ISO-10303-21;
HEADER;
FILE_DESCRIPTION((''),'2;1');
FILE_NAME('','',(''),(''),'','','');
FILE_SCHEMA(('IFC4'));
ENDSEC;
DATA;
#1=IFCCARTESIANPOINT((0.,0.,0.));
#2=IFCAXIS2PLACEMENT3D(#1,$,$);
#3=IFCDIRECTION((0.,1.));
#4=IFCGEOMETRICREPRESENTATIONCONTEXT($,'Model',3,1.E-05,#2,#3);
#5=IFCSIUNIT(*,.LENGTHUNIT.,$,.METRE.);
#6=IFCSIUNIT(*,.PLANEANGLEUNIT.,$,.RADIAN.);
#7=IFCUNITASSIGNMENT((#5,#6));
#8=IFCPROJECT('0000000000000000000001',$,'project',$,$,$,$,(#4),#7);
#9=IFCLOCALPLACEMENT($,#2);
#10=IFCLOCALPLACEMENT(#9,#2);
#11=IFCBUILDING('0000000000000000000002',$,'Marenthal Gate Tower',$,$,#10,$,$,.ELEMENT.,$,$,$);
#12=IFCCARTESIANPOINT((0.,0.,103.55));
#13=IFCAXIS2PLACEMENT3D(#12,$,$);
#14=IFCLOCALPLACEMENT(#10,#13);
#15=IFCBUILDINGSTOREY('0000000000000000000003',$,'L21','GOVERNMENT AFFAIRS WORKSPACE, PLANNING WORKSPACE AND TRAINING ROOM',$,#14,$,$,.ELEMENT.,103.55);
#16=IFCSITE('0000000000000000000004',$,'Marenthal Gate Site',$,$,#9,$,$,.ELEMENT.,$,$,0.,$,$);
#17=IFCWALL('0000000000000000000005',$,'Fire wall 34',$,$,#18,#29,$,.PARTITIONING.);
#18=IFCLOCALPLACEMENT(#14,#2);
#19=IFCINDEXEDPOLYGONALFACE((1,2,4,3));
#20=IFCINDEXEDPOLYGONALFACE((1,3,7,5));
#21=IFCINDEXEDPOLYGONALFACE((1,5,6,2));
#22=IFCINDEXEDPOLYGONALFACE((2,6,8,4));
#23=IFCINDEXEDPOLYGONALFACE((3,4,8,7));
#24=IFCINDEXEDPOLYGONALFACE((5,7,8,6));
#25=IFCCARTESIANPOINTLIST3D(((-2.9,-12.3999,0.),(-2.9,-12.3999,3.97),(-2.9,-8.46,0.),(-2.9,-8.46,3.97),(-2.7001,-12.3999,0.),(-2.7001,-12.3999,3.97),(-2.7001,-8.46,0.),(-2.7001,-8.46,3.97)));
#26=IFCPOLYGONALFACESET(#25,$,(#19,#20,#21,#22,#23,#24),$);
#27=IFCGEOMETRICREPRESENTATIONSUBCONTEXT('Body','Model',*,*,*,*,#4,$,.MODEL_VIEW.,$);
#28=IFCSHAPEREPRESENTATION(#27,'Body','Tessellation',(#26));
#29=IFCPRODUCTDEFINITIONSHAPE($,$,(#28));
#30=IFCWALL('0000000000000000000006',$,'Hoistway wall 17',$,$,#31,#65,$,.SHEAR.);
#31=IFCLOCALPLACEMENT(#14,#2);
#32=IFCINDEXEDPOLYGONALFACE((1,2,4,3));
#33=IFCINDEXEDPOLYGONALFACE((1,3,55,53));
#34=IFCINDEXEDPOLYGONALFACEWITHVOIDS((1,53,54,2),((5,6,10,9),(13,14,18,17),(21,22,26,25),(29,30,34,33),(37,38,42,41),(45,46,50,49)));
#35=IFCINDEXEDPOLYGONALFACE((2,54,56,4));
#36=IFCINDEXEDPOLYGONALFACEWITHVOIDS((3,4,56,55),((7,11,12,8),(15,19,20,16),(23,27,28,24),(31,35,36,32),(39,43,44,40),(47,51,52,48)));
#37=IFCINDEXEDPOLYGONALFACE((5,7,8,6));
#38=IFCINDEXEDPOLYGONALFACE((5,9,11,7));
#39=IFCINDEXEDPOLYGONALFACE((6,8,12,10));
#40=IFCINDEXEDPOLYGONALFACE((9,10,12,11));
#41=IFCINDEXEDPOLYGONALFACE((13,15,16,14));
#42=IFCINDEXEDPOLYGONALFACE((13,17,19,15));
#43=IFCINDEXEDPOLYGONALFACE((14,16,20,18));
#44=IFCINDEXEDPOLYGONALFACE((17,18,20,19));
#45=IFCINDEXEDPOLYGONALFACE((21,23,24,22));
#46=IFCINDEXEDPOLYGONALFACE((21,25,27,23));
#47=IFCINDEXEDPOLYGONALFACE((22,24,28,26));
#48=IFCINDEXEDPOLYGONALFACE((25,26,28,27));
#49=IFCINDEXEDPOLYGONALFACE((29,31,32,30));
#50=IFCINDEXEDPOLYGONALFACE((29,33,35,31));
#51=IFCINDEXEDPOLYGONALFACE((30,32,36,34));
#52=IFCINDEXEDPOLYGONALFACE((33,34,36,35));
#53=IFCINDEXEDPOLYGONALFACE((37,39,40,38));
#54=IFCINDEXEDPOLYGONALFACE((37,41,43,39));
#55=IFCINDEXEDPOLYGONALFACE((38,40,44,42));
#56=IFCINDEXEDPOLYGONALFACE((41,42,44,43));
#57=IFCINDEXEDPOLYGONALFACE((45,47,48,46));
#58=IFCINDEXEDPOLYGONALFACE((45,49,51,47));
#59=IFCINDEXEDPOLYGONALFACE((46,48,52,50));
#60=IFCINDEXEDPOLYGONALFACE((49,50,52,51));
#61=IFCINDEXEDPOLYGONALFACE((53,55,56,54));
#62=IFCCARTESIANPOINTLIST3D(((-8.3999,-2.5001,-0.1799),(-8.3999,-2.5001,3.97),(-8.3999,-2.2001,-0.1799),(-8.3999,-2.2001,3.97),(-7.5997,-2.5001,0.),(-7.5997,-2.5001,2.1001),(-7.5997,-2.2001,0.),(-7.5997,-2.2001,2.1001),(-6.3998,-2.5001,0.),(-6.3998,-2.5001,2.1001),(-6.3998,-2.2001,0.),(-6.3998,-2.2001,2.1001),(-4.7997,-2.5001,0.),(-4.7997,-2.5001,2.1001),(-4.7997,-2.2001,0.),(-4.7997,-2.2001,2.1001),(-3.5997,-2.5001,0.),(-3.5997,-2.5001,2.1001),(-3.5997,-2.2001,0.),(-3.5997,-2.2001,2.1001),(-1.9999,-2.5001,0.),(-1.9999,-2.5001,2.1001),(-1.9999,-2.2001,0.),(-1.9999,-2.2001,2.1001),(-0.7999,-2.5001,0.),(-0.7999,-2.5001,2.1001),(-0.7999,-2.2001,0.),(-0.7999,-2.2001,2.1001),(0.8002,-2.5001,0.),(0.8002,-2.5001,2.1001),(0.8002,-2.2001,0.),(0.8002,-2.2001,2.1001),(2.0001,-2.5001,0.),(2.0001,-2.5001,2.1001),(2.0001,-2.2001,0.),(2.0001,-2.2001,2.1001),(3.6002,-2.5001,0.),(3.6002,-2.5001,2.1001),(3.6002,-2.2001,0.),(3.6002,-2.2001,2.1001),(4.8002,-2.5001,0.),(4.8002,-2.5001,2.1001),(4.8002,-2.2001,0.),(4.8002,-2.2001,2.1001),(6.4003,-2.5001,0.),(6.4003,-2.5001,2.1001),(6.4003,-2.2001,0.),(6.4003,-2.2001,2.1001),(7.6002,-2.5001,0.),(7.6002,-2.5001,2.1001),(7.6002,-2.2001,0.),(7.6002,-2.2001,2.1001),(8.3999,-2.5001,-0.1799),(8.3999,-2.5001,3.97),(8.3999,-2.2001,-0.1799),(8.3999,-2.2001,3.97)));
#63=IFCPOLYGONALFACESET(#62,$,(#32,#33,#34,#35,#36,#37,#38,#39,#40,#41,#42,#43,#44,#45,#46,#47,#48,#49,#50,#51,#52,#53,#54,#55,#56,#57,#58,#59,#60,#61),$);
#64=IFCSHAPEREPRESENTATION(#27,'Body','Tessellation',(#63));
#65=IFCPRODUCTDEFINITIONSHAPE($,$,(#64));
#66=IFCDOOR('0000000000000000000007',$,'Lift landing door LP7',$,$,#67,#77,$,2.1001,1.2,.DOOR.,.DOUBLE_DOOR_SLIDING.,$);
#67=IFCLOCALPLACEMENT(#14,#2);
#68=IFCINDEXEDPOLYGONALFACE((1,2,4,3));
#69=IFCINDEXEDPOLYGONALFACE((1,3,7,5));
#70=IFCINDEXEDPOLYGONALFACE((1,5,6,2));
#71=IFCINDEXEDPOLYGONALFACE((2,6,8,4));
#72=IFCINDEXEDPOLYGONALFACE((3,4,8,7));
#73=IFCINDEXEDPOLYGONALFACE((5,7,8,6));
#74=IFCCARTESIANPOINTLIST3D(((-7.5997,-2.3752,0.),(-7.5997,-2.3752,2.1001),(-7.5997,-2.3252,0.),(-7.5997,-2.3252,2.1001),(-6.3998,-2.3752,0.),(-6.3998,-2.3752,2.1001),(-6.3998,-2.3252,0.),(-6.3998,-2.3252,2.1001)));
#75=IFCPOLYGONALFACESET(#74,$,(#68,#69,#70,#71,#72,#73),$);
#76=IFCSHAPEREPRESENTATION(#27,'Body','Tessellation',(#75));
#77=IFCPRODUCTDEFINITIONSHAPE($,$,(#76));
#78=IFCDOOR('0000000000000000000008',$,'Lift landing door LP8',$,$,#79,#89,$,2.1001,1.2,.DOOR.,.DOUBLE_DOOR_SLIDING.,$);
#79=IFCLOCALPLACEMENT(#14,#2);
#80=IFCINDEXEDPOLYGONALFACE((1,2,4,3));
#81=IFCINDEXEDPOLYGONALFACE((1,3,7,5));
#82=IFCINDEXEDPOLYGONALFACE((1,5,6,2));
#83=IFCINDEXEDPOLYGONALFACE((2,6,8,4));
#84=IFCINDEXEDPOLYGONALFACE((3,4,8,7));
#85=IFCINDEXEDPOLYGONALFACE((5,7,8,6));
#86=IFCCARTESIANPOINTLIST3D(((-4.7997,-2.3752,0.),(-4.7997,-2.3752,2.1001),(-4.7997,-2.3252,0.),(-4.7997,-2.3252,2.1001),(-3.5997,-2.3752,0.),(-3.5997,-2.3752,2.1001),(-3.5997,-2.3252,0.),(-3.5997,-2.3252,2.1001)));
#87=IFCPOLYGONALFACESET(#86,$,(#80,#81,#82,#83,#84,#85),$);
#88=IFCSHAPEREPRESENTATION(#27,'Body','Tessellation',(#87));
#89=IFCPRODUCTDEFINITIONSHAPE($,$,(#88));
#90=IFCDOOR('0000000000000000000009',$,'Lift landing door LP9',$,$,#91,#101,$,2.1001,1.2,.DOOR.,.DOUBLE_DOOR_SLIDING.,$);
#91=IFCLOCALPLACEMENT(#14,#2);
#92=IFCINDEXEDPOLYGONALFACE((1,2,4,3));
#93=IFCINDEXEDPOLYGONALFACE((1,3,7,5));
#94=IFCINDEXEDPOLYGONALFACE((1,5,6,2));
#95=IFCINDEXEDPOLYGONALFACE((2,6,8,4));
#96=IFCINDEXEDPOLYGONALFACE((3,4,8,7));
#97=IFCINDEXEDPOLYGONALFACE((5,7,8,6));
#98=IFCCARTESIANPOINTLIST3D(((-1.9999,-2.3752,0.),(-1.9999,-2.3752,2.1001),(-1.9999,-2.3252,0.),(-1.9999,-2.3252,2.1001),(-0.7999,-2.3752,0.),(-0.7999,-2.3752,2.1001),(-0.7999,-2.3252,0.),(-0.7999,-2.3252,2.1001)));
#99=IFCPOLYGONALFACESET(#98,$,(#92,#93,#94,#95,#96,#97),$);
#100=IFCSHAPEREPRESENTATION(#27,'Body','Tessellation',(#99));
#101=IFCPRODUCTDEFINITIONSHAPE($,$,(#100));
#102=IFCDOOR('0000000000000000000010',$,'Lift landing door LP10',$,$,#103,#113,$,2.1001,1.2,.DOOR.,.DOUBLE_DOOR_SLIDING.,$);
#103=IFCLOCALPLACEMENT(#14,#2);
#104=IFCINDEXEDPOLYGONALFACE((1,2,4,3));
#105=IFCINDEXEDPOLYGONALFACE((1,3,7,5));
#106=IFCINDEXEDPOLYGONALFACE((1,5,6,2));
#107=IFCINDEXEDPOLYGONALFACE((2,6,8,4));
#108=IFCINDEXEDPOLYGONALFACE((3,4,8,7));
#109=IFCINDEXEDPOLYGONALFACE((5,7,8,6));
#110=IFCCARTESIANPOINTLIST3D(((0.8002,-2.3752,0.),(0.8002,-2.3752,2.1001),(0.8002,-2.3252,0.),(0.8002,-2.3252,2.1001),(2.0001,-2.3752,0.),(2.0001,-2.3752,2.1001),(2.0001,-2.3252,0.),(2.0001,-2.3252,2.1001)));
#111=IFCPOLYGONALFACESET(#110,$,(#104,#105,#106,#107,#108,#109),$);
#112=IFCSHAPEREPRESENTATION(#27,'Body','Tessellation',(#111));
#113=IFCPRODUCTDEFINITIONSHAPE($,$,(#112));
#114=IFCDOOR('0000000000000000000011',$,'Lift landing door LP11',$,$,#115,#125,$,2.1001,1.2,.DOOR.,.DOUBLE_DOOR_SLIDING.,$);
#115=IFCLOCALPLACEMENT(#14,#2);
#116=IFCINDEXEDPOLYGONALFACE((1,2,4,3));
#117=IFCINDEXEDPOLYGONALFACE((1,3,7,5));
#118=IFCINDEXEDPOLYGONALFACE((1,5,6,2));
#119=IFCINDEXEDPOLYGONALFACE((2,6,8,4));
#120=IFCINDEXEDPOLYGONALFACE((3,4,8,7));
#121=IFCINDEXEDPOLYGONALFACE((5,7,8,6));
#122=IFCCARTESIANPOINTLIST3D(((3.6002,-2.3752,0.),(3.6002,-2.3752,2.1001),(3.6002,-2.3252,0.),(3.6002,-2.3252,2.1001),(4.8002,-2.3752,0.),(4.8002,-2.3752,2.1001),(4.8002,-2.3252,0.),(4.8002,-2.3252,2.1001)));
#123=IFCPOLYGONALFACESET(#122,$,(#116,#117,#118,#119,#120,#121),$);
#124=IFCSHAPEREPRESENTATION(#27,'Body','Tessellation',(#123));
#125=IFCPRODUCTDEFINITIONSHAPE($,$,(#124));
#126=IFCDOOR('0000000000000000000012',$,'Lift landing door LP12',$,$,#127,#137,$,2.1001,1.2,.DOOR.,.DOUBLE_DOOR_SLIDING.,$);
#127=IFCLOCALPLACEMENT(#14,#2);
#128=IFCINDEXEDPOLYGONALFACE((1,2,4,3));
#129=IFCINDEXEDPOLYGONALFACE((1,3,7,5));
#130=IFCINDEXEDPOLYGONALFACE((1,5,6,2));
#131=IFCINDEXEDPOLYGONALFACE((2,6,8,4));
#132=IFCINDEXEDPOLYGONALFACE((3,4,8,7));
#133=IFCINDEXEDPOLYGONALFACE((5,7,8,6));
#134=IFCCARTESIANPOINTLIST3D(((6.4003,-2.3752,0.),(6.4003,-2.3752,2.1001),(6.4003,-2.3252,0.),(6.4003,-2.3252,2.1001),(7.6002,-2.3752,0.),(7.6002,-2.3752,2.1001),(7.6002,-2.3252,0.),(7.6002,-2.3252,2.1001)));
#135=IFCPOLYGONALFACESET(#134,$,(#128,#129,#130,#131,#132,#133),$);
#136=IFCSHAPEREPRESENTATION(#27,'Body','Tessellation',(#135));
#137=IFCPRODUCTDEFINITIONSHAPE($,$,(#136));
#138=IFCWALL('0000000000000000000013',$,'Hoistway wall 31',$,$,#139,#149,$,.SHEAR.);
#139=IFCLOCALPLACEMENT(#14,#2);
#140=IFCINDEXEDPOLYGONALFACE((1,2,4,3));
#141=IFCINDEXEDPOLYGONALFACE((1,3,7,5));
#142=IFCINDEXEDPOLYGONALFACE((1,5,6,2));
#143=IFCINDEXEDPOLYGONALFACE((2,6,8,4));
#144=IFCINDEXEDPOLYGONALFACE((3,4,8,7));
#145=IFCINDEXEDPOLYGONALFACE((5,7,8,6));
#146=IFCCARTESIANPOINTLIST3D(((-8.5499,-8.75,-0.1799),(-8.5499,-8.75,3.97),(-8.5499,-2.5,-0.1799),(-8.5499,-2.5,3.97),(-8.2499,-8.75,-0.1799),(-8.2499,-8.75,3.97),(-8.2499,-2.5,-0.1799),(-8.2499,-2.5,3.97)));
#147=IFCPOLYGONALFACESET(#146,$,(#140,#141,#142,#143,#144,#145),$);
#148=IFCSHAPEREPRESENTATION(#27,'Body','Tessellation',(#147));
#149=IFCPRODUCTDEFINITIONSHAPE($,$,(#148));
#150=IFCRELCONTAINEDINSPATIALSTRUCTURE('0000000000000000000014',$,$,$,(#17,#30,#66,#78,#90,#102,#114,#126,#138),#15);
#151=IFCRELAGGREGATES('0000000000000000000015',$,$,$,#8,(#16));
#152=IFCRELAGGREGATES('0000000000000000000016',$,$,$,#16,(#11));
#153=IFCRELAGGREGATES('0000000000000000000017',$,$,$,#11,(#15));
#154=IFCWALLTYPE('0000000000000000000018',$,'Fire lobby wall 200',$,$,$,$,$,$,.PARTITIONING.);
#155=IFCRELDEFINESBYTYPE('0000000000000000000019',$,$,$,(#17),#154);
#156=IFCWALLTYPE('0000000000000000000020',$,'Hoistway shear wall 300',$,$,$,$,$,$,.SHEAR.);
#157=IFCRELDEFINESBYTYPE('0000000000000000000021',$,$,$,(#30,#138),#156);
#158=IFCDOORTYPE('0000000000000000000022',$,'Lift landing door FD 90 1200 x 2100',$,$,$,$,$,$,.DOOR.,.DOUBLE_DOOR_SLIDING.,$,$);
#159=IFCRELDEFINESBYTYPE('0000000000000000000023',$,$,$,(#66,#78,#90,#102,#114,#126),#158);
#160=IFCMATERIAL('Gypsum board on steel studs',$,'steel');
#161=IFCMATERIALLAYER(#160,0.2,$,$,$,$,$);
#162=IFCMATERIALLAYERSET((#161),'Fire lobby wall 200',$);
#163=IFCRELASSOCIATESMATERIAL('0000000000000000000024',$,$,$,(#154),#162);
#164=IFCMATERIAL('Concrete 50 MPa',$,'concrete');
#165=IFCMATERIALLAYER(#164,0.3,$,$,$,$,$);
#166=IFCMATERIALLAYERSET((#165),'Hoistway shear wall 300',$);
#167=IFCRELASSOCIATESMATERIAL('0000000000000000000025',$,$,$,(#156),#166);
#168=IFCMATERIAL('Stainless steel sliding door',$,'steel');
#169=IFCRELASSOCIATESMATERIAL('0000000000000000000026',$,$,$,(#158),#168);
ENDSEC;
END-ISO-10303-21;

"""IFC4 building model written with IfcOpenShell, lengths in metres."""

from ifc_helpers import new_model, si_unit, direction, frame, frame_2d, origin, place, context, subcontext, project, spatial, rectangle, extrude, material, layer, layer_set, type_object, element, fill, save


model = new_model("IFC4")

# Units and contexts
model_context = context("Model", 3, precision=1e-05, world=origin(), true_north=direction((0.0, 1.0)))
body_context = subcontext(model_context, "Body", "Model", "MODEL_VIEW")
ifc_project = project(units=[si_unit("LENGTHUNIT", "METRE"), si_unit("PLANEANGLEUNIT", "RADIAN")], contexts=[model_context])

# Site, building, storey
site_placement = place(None, origin())
site = spatial("IfcSite", under=ifc_project, at=site_placement, Name="Marenthal Gate Site", CompositionType="ELEMENT", RefElevation=0.0)
building_placement = place(site_placement, origin())
building = spatial("IfcBuilding", under=site, at=building_placement, Name="Marenthal Gate Tower", CompositionType="ELEMENT")
storey_placement = place(building_placement, frame((0.0, 0.0, 103.55)))
storey = spatial("IfcBuildingStorey", under=building, at=storey_placement, Name="L21", Description="GOVERNMENT AFFAIRS WORKSPACE, PLANNING WORKSPACE AND TRAINING ROOM", CompositionType="ELEMENT", Elevation=103.55)

# Wall
ifc_material_1 = material(Name="Gypsum board on steel studs", Category="steel")
ifc_layer_1 = layer(ifc_material_1, 0.2)
ifc_layer_set_1 = layer_set([ifc_layer_1], Name="Fire lobby wall 200")
wall_type_1 = type_object("IfcWallType", Name="Fire lobby wall 200", PredefinedType="PARTITIONING", material=ifc_layer_set_1)
wall_1_placement = place(storey_placement, frame((-2.8, -12.3999, 0.0), z_axis=(0.0, 0.0, 1.0), x_axis=(0.0, 1.0, 0.0)))
element("IfcWall", 1, at=wall_1_placement, inside=storey, type_object=wall_type_1, Name="Fire wall 34", PredefinedType="PARTITIONING", context=body_context, shape_type="SweptSolid", body=[
    extrude(rectangle(XDim=3.9399, YDim=0.2, at=frame_2d((1.97, 0.0))), origin(), (0.0, 0.0, 1.0), 3.97),
])

# Wall, openings, doors
ifc_material_2 = material(Name="Concrete 50 MPa", Category="concrete")
ifc_layer_2 = layer(ifc_material_2, 0.3)
ifc_layer_set_2 = layer_set([ifc_layer_2], Name="Hoistway shear wall 300")
wall_type_2 = type_object("IfcWallType", Name="Hoistway shear wall 300", PredefinedType="SHEAR", material=ifc_layer_set_2)
wall_2_placement = place(storey_placement, frame((-8.3999, -2.3501, -0.1799), z_axis=(0.0, 0.0, 1.0), x_axis=(1.0, 0.0, 0.0)))
wall_2 = element("IfcWall", 2, at=wall_2_placement, inside=storey, type_object=wall_type_2, Name="Hoistway wall 17", PredefinedType="SHEAR", context=body_context, shape_type="SweptSolid", body=[
    extrude(rectangle(XDim=16.7998, YDim=0.3, at=frame_2d((8.3999, 0.0))), origin(), (0.0, 0.0, 1.0), 4.1499),
])
opening_1_placement = place(wall_2_placement, frame((0.8, 0.0, 0.1799)))
opening_1 = element("IfcOpeningElement", 3, at=opening_1_placement, cuts=wall_2, PredefinedType="OPENING", context=body_context, shape_type="SweptSolid", body=[
    extrude(rectangle(XDim=1.2, YDim=2.1001, at=frame_2d((0.6001, 1.05))), frame((0.0, 0.1602, 0.0), z_axis=(0.0, -1.0, 0.0), x_axis=(1.0, 0.0, 0.0)), (0.0, 0.0, 1.0), 0.3201),
])
opening_2_placement = place(wall_2_placement, frame((3.6001, 0.0, 0.1799)))
opening_2 = element("IfcOpeningElement", 4, at=opening_2_placement, cuts=wall_2, PredefinedType="OPENING", context=body_context, shape_type="SweptSolid", body=[
    extrude(rectangle(XDim=1.2, YDim=2.1001, at=frame_2d((0.6001, 1.05))), frame((0.0, 0.1602, 0.0), z_axis=(0.0, -1.0, 0.0), x_axis=(1.0, 0.0, 0.0)), (0.0, 0.0, 1.0), 0.3201),
])
opening_3_placement = place(wall_2_placement, frame((6.3999, 0.0, 0.1799)))
opening_3 = element("IfcOpeningElement", 5, at=opening_3_placement, cuts=wall_2, PredefinedType="OPENING", context=body_context, shape_type="SweptSolid", body=[
    extrude(rectangle(XDim=1.2, YDim=2.1001, at=frame_2d((0.6001, 1.05))), frame((0.0, 0.1602, 0.0), z_axis=(0.0, -1.0, 0.0), x_axis=(1.0, 0.0, 0.0)), (0.0, 0.0, 1.0), 0.3201),
])
opening_4_placement = place(wall_2_placement, frame((9.2, 0.0, 0.1799)))
opening_4 = element("IfcOpeningElement", 6, at=opening_4_placement, cuts=wall_2, PredefinedType="OPENING", context=body_context, shape_type="SweptSolid", body=[
    extrude(rectangle(XDim=1.2, YDim=2.1001, at=frame_2d((0.6001, 1.05))), frame((0.0, 0.1602, 0.0), z_axis=(0.0, -1.0, 0.0), x_axis=(1.0, 0.0, 0.0)), (0.0, 0.0, 1.0), 0.3201),
])
opening_5_placement = place(wall_2_placement, frame((12.0, 0.0, 0.1799)))
opening_5 = element("IfcOpeningElement", 7, at=opening_5_placement, cuts=wall_2, PredefinedType="OPENING", context=body_context, shape_type="SweptSolid", body=[
    extrude(rectangle(XDim=1.2, YDim=2.1001, at=frame_2d((0.6001, 1.05))), frame((0.0, 0.1602, 0.0), z_axis=(0.0, -1.0, 0.0), x_axis=(1.0, 0.0, 0.0)), (0.0, 0.0, 1.0), 0.3201),
])
opening_6_placement = place(wall_2_placement, frame((14.8, 0.0, 0.1799)))
opening_6 = element("IfcOpeningElement", 8, at=opening_6_placement, cuts=wall_2, PredefinedType="OPENING", context=body_context, shape_type="SweptSolid", body=[
    extrude(rectangle(XDim=1.2, YDim=2.1001, at=frame_2d((0.6001, 1.05))), frame((0.0, 0.1602, 0.0), z_axis=(0.0, -1.0, 0.0), x_axis=(1.0, 0.0, 0.0)), (0.0, 0.0, 1.0), 0.3201),
])
ifc_material_3 = material(Name="Stainless steel sliding door", Category="steel")
door_type_1 = type_object("IfcDoorType", Name="Lift landing door FD 90 1200 x 2100", OperationType="DOUBLE_DOOR_SLIDING", PredefinedType="DOOR", material=ifc_material_3)
door_1_placement = place(opening_1_placement, origin())
door_1 = element("IfcDoor", 9, at=door_1_placement, inside=storey, type_object=door_type_1, Name="Lift landing door LP7", OperationType="DOUBLE_DOOR_SLIDING", OverallHeight=2.1001, OverallWidth=1.2, PredefinedType="DOOR", context=body_context, shape_type="SweptSolid", body=[
    extrude(rectangle(XDim=1.2, YDim=2.1001, at=frame_2d((0.6001, 1.05))), frame((0.0, 0.0249, 0.0), z_axis=(0.0, -1.0, 0.0), x_axis=(1.0, 0.0, 0.0)), (0.0, 0.0, 1.0), 0.05),
])
fill(opening_1, door_1)
door_2_placement = place(opening_2_placement, origin())
door_2 = element("IfcDoor", 10, at=door_2_placement, inside=storey, type_object=door_type_1, Name="Lift landing door LP8", OperationType="DOUBLE_DOOR_SLIDING", OverallHeight=2.1001, OverallWidth=1.2, PredefinedType="DOOR", context=body_context, shape_type="SweptSolid", body=[
    extrude(rectangle(XDim=1.2, YDim=2.1001, at=frame_2d((0.6001, 1.05))), frame((0.0, 0.0249, 0.0), z_axis=(0.0, -1.0, 0.0), x_axis=(1.0, 0.0, 0.0)), (0.0, 0.0, 1.0), 0.05),
])
fill(opening_2, door_2)
door_3_placement = place(opening_3_placement, origin())
door_3 = element("IfcDoor", 11, at=door_3_placement, inside=storey, type_object=door_type_1, Name="Lift landing door LP9", OperationType="DOUBLE_DOOR_SLIDING", OverallHeight=2.1001, OverallWidth=1.2, PredefinedType="DOOR", context=body_context, shape_type="SweptSolid", body=[
    extrude(rectangle(XDim=1.2, YDim=2.1001, at=frame_2d((0.6001, 1.05))), frame((0.0, 0.0249, 0.0), z_axis=(0.0, -1.0, 0.0), x_axis=(1.0, 0.0, 0.0)), (0.0, 0.0, 1.0), 0.05),
])
fill(opening_3, door_3)
door_4_placement = place(opening_4_placement, origin())
door_4 = element("IfcDoor", 12, at=door_4_placement, inside=storey, type_object=door_type_1, Name="Lift landing door LP10", OperationType="DOUBLE_DOOR_SLIDING", OverallHeight=2.1001, OverallWidth=1.2, PredefinedType="DOOR", context=body_context, shape_type="SweptSolid", body=[
    extrude(rectangle(XDim=1.2, YDim=2.1001, at=frame_2d((0.6001, 1.05))), frame((0.0, 0.0249, 0.0), z_axis=(0.0, -1.0, 0.0), x_axis=(1.0, 0.0, 0.0)), (0.0, 0.0, 1.0), 0.05),
])
fill(opening_4, door_4)
door_5_placement = place(opening_5_placement, origin())
door_5 = element("IfcDoor", 13, at=door_5_placement, inside=storey, type_object=door_type_1, Name="Lift landing door LP11", OperationType="DOUBLE_DOOR_SLIDING", OverallHeight=2.1001, OverallWidth=1.2, PredefinedType="DOOR", context=body_context, shape_type="SweptSolid", body=[
    extrude(rectangle(XDim=1.2, YDim=2.1001, at=frame_2d((0.6001, 1.05))), frame((0.0, 0.0249, 0.0), z_axis=(0.0, -1.0, 0.0), x_axis=(1.0, 0.0, 0.0)), (0.0, 0.0, 1.0), 0.05),
])
fill(opening_5, door_5)
door_6_placement = place(opening_6_placement, origin())
door_6 = element("IfcDoor", 14, at=door_6_placement, inside=storey, type_object=door_type_1, Name="Lift landing door LP12", OperationType="DOUBLE_DOOR_SLIDING", OverallHeight=2.1001, OverallWidth=1.2, PredefinedType="DOOR", context=body_context, shape_type="SweptSolid", body=[
    extrude(rectangle(XDim=1.2, YDim=2.1001, at=frame_2d((0.6001, 1.05))), frame((0.0, 0.0249, 0.0), z_axis=(0.0, -1.0, 0.0), x_axis=(1.0, 0.0, 0.0)), (0.0, 0.0, 1.0), 0.05),
])
fill(opening_6, door_6)

# Wall
wall_3_placement = place(storey_placement, frame((-8.3999, -8.75, -0.1799), z_axis=(0.0, 0.0, 1.0), x_axis=(0.0, 1.0, 0.0)))
element("IfcWall", 15, at=wall_3_placement, inside=storey, type_object=wall_type_2, Name="Hoistway wall 31", PredefinedType="SHEAR", context=body_context, shape_type="SweptSolid", body=[
    extrude(rectangle(XDim=6.25, YDim=0.3, at=frame_2d((3.125, 0.0))), origin(), (0.0, 0.0, 1.0), 4.1499),
])

save(model, "model.ifc")
